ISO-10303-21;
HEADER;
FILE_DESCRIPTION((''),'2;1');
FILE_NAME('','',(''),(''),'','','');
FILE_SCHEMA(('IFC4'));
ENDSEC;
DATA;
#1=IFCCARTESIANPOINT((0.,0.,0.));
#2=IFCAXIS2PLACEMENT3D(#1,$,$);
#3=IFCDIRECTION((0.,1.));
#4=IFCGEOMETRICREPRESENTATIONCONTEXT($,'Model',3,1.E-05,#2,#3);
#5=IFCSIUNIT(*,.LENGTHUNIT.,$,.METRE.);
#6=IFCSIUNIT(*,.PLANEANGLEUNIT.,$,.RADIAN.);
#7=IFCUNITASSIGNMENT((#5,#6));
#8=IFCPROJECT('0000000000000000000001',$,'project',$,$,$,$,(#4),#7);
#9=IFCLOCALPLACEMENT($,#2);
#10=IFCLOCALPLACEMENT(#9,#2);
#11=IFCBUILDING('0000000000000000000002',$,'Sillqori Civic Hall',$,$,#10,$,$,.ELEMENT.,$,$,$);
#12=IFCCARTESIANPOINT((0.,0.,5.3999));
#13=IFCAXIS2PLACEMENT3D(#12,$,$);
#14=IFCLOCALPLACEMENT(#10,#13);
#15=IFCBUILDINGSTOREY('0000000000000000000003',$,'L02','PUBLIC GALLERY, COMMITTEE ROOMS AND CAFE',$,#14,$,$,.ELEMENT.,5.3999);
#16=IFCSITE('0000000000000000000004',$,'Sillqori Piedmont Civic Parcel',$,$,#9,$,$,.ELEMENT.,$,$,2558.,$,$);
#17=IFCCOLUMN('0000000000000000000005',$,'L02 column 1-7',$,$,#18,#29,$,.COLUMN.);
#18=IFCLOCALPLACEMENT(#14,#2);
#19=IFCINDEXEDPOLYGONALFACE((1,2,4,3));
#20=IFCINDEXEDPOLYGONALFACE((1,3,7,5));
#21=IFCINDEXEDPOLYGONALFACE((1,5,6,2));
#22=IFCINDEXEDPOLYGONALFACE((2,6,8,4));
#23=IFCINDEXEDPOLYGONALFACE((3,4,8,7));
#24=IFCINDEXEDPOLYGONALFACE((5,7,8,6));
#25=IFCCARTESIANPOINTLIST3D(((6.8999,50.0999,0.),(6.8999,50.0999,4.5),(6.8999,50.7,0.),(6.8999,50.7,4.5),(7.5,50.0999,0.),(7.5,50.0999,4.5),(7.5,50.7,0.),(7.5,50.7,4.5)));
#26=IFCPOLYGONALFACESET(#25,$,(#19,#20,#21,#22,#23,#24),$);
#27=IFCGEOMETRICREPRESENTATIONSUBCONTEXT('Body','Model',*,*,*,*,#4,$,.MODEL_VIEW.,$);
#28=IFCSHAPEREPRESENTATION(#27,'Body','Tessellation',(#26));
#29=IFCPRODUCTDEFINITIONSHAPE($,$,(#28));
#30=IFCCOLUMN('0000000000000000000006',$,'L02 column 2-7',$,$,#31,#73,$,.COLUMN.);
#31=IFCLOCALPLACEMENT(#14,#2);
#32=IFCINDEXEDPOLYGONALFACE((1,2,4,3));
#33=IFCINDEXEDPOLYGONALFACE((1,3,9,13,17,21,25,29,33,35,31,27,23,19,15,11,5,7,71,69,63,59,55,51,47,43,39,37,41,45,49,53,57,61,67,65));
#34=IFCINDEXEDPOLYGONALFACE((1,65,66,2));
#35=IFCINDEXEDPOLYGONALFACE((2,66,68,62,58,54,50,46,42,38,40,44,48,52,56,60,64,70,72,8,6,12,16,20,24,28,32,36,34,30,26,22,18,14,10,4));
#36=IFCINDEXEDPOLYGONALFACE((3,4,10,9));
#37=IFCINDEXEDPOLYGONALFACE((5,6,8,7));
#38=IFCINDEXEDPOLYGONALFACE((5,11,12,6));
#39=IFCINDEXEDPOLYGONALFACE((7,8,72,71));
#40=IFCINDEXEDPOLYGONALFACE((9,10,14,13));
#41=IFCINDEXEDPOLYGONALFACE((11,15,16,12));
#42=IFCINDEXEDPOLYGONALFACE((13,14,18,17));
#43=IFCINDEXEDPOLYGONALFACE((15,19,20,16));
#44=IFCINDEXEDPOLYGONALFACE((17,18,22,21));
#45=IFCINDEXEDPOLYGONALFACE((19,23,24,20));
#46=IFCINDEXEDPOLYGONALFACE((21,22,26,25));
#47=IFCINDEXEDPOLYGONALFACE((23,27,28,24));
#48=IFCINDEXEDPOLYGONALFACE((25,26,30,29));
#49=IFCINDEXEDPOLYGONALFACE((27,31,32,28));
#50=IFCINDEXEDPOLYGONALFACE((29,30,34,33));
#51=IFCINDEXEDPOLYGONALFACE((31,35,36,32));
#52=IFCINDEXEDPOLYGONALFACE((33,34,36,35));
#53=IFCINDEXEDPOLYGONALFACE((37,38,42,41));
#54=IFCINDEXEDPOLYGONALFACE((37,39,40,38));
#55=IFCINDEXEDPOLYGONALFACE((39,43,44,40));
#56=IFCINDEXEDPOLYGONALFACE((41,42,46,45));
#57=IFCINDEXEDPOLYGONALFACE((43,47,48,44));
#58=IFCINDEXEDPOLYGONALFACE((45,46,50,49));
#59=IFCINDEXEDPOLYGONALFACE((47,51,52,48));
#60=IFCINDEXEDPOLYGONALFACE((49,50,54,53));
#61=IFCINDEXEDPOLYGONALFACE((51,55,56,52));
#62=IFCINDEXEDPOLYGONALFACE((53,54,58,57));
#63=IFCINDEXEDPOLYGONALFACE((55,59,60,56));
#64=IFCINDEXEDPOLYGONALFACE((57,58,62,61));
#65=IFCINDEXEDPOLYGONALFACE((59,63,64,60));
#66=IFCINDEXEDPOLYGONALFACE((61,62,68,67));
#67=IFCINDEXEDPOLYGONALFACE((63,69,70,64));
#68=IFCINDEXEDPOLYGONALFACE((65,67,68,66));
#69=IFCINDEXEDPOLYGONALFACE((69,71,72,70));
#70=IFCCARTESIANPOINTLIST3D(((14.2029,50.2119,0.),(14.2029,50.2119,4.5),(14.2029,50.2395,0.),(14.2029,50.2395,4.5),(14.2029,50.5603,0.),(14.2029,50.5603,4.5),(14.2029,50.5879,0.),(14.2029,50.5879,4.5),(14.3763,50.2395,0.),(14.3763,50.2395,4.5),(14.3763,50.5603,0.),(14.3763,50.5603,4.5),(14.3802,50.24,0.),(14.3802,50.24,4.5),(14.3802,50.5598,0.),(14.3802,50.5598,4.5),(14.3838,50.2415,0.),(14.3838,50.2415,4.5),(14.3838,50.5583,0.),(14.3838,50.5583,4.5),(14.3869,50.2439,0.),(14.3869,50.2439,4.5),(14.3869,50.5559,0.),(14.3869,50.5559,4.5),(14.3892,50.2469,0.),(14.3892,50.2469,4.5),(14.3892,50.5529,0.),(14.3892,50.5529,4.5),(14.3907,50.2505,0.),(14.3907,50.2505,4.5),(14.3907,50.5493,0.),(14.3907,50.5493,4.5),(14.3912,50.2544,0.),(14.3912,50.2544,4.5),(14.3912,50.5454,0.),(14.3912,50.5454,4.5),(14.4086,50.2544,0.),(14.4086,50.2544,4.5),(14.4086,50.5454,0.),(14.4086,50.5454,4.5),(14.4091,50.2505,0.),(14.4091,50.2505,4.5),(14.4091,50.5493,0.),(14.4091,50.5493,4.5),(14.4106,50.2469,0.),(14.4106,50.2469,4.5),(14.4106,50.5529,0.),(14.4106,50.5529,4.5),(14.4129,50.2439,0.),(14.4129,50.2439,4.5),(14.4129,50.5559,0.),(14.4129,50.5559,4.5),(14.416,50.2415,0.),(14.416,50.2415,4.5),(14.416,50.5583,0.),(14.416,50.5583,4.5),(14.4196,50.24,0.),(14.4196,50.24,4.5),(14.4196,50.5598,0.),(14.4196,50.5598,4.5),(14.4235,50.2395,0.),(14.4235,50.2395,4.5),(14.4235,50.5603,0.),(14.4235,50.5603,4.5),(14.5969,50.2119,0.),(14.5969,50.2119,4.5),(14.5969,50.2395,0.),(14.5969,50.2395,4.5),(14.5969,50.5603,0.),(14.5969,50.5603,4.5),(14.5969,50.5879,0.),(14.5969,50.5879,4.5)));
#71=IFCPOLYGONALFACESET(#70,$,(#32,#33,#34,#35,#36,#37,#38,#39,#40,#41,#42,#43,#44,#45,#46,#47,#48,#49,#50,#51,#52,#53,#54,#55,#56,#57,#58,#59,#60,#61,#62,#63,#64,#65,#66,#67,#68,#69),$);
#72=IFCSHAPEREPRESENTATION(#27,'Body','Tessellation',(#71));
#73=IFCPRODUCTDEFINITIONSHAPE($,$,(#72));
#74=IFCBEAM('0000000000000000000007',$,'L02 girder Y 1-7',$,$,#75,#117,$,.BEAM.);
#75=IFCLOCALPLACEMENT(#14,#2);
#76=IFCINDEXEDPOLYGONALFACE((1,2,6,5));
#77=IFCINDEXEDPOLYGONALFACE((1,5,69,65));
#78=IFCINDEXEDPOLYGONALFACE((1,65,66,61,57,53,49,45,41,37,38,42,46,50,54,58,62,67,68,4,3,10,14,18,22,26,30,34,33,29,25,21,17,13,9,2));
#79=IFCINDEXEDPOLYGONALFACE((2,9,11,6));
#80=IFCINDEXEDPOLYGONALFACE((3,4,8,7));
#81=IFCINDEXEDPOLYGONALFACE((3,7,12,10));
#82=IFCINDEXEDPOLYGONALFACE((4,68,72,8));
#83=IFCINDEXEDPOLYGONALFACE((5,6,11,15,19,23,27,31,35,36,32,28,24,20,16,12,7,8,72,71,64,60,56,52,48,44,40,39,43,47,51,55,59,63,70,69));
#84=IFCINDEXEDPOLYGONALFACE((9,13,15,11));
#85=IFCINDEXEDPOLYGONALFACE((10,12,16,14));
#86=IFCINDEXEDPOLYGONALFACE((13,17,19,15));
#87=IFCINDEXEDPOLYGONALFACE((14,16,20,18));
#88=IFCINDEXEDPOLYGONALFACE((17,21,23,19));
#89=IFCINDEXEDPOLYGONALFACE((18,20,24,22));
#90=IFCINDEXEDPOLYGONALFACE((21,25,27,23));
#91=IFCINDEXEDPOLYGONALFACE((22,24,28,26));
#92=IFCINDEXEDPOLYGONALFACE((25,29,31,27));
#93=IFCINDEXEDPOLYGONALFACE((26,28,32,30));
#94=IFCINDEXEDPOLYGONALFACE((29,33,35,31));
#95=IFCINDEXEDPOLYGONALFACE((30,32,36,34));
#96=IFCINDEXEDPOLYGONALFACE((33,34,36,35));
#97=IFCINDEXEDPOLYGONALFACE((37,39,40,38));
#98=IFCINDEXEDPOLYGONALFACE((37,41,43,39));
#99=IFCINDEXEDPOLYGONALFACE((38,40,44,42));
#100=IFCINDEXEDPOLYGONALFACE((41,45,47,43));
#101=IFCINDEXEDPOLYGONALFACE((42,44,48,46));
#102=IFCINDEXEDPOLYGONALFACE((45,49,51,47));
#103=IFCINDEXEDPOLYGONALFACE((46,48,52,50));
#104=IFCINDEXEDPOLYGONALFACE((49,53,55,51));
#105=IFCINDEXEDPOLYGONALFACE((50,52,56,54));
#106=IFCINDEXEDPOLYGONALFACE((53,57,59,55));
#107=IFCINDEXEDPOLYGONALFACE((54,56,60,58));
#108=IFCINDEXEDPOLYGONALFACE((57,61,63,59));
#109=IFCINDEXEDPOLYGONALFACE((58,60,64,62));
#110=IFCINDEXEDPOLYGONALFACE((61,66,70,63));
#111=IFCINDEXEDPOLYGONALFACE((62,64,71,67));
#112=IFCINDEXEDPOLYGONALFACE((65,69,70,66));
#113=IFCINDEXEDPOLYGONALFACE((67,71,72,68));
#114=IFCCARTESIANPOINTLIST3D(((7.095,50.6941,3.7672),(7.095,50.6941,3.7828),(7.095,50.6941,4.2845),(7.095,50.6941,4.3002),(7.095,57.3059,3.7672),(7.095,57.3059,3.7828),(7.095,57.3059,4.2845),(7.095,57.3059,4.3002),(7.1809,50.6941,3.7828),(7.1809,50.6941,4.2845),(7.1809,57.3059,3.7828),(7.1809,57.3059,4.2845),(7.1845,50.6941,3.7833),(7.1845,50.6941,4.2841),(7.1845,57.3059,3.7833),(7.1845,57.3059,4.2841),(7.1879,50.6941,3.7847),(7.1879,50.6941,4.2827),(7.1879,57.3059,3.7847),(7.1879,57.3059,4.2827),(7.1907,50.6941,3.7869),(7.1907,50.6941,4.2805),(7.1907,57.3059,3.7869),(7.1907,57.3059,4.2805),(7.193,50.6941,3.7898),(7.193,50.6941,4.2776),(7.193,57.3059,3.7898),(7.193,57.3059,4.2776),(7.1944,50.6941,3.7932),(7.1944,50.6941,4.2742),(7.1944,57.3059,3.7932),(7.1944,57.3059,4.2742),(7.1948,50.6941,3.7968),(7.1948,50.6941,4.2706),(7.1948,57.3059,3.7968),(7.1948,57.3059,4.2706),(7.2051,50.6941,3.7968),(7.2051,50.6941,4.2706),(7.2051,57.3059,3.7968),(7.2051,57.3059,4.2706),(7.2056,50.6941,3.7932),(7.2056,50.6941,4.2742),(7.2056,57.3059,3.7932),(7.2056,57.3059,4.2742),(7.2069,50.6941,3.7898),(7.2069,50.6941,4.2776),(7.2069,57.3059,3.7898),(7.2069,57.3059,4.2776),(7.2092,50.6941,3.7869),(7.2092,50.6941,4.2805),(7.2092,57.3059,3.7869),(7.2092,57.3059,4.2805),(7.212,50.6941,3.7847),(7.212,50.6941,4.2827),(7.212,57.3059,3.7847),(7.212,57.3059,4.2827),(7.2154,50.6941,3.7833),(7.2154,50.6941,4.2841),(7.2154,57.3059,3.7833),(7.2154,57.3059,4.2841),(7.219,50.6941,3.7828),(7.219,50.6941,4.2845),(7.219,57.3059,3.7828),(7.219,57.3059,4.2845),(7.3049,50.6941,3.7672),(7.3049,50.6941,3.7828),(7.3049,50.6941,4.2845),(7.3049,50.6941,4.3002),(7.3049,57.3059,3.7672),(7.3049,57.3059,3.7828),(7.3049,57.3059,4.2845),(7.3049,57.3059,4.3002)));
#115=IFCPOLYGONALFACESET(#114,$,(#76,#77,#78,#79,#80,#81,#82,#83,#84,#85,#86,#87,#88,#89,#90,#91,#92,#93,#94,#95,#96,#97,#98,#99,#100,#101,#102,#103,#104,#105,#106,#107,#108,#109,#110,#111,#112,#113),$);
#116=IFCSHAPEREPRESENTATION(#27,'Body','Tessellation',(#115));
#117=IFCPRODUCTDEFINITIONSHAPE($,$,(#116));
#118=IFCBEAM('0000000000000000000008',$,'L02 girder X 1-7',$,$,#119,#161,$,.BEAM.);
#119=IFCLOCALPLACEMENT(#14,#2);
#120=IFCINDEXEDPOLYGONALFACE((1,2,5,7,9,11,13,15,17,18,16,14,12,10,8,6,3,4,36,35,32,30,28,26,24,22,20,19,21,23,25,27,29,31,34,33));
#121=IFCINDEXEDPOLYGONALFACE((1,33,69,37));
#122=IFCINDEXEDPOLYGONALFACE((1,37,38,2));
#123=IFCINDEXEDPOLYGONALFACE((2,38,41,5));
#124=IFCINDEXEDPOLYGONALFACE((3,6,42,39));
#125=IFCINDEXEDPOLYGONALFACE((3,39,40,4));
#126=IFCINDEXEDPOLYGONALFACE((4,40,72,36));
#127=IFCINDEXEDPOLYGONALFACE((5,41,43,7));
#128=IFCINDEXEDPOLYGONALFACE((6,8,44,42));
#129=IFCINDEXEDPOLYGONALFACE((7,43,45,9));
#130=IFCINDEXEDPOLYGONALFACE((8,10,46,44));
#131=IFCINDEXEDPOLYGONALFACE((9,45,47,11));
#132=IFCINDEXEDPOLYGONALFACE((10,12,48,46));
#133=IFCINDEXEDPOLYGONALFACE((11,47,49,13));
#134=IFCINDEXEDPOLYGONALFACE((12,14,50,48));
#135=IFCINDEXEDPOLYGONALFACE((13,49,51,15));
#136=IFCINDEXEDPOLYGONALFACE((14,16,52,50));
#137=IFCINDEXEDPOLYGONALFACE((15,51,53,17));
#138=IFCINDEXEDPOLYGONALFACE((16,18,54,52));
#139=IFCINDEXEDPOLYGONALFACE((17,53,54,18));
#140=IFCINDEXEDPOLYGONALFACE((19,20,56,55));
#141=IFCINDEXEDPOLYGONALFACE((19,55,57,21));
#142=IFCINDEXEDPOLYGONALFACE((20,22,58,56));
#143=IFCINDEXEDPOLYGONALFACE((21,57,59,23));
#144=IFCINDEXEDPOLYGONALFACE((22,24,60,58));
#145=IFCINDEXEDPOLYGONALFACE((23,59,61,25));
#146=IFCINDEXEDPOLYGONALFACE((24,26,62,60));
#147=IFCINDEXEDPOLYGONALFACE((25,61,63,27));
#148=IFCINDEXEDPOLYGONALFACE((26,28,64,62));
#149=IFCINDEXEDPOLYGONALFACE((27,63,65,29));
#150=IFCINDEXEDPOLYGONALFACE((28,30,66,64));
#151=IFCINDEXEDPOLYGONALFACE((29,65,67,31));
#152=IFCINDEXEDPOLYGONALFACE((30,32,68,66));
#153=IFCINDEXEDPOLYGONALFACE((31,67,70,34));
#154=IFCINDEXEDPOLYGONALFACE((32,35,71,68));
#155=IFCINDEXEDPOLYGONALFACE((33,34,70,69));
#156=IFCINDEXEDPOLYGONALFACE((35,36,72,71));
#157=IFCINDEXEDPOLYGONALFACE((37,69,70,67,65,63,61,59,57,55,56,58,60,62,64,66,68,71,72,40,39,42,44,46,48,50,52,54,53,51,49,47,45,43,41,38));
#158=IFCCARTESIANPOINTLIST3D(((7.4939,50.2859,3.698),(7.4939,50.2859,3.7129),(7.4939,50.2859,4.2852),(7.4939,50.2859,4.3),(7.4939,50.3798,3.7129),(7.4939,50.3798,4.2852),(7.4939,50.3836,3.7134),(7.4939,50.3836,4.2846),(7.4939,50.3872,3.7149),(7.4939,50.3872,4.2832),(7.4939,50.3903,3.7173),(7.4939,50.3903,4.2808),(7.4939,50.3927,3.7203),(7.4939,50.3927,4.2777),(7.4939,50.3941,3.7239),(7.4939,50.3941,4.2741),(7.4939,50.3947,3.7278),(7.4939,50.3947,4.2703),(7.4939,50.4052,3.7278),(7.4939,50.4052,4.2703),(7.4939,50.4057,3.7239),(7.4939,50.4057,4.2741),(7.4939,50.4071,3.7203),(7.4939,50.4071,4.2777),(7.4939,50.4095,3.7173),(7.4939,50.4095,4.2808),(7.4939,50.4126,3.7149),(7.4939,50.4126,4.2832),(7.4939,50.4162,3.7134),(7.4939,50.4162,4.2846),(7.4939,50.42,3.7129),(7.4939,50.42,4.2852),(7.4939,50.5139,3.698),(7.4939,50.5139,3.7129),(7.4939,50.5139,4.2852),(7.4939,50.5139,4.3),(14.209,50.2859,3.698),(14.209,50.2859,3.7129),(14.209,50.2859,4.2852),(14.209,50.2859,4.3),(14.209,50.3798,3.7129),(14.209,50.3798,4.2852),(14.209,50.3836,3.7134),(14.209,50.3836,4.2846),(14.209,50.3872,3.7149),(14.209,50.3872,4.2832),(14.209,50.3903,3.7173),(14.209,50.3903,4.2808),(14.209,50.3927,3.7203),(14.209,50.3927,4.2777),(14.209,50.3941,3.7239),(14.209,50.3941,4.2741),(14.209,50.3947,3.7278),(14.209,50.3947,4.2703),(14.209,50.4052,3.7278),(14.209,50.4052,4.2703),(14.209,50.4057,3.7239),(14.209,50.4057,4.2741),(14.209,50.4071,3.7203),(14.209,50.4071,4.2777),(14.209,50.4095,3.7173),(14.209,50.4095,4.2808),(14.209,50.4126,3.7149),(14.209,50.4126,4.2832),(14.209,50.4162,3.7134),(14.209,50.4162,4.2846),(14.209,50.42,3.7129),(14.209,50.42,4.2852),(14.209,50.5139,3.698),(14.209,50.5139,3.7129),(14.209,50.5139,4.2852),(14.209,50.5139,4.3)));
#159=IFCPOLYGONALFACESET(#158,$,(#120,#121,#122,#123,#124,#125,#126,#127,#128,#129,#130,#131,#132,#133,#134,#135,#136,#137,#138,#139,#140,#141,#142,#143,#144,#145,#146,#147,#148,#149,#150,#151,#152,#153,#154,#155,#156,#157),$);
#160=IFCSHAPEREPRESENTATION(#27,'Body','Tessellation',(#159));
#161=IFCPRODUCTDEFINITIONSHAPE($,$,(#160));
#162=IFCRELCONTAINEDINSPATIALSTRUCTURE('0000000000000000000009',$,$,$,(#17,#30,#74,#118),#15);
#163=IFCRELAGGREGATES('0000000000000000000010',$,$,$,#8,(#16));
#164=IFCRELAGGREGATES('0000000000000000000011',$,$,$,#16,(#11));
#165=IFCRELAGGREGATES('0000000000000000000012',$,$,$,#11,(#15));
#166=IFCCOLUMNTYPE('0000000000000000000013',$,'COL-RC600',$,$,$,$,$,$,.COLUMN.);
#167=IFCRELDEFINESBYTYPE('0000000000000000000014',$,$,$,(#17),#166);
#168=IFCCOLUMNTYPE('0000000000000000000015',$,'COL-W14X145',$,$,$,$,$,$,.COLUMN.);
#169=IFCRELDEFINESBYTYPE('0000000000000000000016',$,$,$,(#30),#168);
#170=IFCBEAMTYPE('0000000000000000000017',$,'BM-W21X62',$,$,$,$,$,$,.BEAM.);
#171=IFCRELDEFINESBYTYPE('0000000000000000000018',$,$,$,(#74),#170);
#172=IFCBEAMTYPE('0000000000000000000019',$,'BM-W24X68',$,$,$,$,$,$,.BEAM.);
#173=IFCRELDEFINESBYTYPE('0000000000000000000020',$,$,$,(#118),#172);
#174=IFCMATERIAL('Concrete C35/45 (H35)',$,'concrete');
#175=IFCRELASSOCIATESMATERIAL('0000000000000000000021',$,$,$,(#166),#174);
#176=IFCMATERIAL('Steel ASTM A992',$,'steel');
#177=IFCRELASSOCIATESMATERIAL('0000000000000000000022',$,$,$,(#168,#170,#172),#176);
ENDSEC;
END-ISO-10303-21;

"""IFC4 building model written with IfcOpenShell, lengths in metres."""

from ifc_helpers import new_model, si_unit, direction, frame, origin, origin_2d, place, context, subcontext, project, spatial, rectangle, i_section, extrude, material, material_profile, profile_set, type_object, element, save


model = new_model("IFC4")

# Units and contexts
model_context = context("Model", 3, precision=1e-05, world=origin(), true_north=direction((0.0, 1.0)))
body_context = subcontext(model_context, "Body", "Model", "MODEL_VIEW")
ifc_project = project(units=[si_unit("LENGTHUNIT", "METRE"), si_unit("PLANEANGLEUNIT", "RADIAN")], contexts=[model_context])

# Site, building, storey
site_placement = place(None, origin())
site = spatial("IfcSite", under=ifc_project, at=site_placement, Name="Sillqori Piedmont Civic Parcel", CompositionType="ELEMENT", RefElevation=2558.0)
building_placement = place(site_placement, origin())
building = spatial("IfcBuilding", under=site, at=building_placement, Name="Sillqori Civic Hall", CompositionType="ELEMENT")
storey_placement = place(building_placement, frame((0.0, 0.0, 5.3999)))
storey = spatial("IfcBuildingStorey", under=building, at=storey_placement, Name="L02", Description="PUBLIC GALLERY, COMMITTEE ROOMS AND CAFE", CompositionType="ELEMENT", Elevation=5.3999)

# Columns
ifc_material_1 = material(Name="Concrete C35/45 (H35)", Category="concrete")
ifc_material_profile_1 = material_profile(ifc_material_1, rectangle(XDim=0.6001, YDim=0.6001, at=origin_2d()), Name="RC 600x600")
ifc_profile_set_1 = profile_set([ifc_material_profile_1], Name="Concrete C35/45 (H35)")
column_type_1 = type_object("IfcColumnType", Name="COL-RC600", PredefinedType="COLUMN", material=ifc_profile_set_1)
column_1_placement = place(storey_placement, frame((7.2, 50.3999, 0.0), z_axis=(0.0, 0.0, 1.0), x_axis=(1.0, 0.0, 0.0)))
element("IfcColumn", 1, at=column_1_placement, inside=storey, type_object=column_type_1, Name="L02 column 1-7", PredefinedType="COLUMN", context=body_context, shape_type="SweptSolid", body=[
    extrude(rectangle(XDim=0.6001, YDim=0.6001, at=origin_2d()), origin(), (0.0, 0.0, 1.0), 4.5),
])
ifc_material_2 = material(Name="Steel ASTM A992", Category="steel")
ifc_material_profile_2 = material_profile(ifc_material_2, i_section(OverallWidth=0.394, OverallDepth=0.376, WebThickness=0.0173, FlangeThickness=0.0276, FilletRadius=0.0149, at=origin_2d()), Name="W14X145")
ifc_profile_set_2 = profile_set([ifc_material_profile_2], Name="Steel ASTM A992")
column_type_2 = type_object("IfcColumnType", Name="COL-W14X145", PredefinedType="COLUMN", material=ifc_profile_set_2)
column_2_placement = place(storey_placement, frame((14.3999, 50.3999, 0.0), z_axis=(0.0, 0.0, 1.0), x_axis=(1.0, 0.0, 0.0)))
element("IfcColumn", 2, at=column_2_placement, inside=storey, type_object=column_type_2, Name="L02 column 2-7", PredefinedType="COLUMN", context=body_context, shape_type="SweptSolid", body=[
    extrude(i_section(OverallWidth=0.394, OverallDepth=0.376, WebThickness=0.0173, FlangeThickness=0.0276, FilletRadius=0.0149, at=origin_2d()), origin(), (0.0, 0.0, 1.0), 4.5),
])

# Beams
ifc_material_profile_3 = material_profile(ifc_material_2, i_section(OverallWidth=0.21, OverallDepth=0.533, WebThickness=0.0103, FlangeThickness=0.0156, FilletRadius=0.0139, at=origin_2d()), Name="W21X62")
ifc_profile_set_3 = profile_set([ifc_material_profile_3], Name="Steel ASTM A992")
beam_type_1 = type_object("IfcBeamType", Name="BM-W21X62", PredefinedType="BEAM", material=ifc_profile_set_3)
beam_1_placement = place(storey_placement, frame((7.2, 50.6941, 4.0337), z_axis=(0.0, 1.0, 0.0), x_axis=(-1.0, 0.0, 0.0)))
element("IfcBeam", 3, at=beam_1_placement, inside=storey, type_object=beam_type_1, Name="L02 girder Y 1-7", PredefinedType="BEAM", context=body_context, shape_type="SweptSolid", body=[
    extrude(i_section(OverallWidth=0.21, OverallDepth=0.533, WebThickness=0.0103, FlangeThickness=0.0156, FilletRadius=0.0139, at=origin_2d()), origin(), (0.0, 0.0, 1.0), 6.6118),
])
ifc_material_profile_4 = material_profile(ifc_material_2, i_section(OverallWidth=0.228, OverallDepth=0.6021, WebThickness=0.0105, FlangeThickness=0.0149, FilletRadius=0.0149, at=origin_2d()), Name="W24X68")
ifc_profile_set_4 = profile_set([ifc_material_profile_4], Name="Steel ASTM A992")
beam_type_2 = type_object("IfcBeamType", Name="BM-W24X68", PredefinedType="BEAM", material=ifc_profile_set_4)
beam_2_placement = place(storey_placement, frame((7.4939, 50.3999, 3.999), z_axis=(1.0, 0.0, 0.0), x_axis=(0.0, 1.0, 0.0)))
element("IfcBeam", 4, at=beam_2_placement, inside=storey, type_object=beam_type_2, Name="L02 girder X 1-7", PredefinedType="BEAM", context=body_context, shape_type="SweptSolid", body=[
    extrude(i_section(OverallWidth=0.228, OverallDepth=0.6021, WebThickness=0.0105, FlangeThickness=0.0149, FilletRadius=0.0149, at=origin_2d()), origin(), (0.0, 0.0, 1.0), 6.7151),
])

save(model, "model.ifc")
